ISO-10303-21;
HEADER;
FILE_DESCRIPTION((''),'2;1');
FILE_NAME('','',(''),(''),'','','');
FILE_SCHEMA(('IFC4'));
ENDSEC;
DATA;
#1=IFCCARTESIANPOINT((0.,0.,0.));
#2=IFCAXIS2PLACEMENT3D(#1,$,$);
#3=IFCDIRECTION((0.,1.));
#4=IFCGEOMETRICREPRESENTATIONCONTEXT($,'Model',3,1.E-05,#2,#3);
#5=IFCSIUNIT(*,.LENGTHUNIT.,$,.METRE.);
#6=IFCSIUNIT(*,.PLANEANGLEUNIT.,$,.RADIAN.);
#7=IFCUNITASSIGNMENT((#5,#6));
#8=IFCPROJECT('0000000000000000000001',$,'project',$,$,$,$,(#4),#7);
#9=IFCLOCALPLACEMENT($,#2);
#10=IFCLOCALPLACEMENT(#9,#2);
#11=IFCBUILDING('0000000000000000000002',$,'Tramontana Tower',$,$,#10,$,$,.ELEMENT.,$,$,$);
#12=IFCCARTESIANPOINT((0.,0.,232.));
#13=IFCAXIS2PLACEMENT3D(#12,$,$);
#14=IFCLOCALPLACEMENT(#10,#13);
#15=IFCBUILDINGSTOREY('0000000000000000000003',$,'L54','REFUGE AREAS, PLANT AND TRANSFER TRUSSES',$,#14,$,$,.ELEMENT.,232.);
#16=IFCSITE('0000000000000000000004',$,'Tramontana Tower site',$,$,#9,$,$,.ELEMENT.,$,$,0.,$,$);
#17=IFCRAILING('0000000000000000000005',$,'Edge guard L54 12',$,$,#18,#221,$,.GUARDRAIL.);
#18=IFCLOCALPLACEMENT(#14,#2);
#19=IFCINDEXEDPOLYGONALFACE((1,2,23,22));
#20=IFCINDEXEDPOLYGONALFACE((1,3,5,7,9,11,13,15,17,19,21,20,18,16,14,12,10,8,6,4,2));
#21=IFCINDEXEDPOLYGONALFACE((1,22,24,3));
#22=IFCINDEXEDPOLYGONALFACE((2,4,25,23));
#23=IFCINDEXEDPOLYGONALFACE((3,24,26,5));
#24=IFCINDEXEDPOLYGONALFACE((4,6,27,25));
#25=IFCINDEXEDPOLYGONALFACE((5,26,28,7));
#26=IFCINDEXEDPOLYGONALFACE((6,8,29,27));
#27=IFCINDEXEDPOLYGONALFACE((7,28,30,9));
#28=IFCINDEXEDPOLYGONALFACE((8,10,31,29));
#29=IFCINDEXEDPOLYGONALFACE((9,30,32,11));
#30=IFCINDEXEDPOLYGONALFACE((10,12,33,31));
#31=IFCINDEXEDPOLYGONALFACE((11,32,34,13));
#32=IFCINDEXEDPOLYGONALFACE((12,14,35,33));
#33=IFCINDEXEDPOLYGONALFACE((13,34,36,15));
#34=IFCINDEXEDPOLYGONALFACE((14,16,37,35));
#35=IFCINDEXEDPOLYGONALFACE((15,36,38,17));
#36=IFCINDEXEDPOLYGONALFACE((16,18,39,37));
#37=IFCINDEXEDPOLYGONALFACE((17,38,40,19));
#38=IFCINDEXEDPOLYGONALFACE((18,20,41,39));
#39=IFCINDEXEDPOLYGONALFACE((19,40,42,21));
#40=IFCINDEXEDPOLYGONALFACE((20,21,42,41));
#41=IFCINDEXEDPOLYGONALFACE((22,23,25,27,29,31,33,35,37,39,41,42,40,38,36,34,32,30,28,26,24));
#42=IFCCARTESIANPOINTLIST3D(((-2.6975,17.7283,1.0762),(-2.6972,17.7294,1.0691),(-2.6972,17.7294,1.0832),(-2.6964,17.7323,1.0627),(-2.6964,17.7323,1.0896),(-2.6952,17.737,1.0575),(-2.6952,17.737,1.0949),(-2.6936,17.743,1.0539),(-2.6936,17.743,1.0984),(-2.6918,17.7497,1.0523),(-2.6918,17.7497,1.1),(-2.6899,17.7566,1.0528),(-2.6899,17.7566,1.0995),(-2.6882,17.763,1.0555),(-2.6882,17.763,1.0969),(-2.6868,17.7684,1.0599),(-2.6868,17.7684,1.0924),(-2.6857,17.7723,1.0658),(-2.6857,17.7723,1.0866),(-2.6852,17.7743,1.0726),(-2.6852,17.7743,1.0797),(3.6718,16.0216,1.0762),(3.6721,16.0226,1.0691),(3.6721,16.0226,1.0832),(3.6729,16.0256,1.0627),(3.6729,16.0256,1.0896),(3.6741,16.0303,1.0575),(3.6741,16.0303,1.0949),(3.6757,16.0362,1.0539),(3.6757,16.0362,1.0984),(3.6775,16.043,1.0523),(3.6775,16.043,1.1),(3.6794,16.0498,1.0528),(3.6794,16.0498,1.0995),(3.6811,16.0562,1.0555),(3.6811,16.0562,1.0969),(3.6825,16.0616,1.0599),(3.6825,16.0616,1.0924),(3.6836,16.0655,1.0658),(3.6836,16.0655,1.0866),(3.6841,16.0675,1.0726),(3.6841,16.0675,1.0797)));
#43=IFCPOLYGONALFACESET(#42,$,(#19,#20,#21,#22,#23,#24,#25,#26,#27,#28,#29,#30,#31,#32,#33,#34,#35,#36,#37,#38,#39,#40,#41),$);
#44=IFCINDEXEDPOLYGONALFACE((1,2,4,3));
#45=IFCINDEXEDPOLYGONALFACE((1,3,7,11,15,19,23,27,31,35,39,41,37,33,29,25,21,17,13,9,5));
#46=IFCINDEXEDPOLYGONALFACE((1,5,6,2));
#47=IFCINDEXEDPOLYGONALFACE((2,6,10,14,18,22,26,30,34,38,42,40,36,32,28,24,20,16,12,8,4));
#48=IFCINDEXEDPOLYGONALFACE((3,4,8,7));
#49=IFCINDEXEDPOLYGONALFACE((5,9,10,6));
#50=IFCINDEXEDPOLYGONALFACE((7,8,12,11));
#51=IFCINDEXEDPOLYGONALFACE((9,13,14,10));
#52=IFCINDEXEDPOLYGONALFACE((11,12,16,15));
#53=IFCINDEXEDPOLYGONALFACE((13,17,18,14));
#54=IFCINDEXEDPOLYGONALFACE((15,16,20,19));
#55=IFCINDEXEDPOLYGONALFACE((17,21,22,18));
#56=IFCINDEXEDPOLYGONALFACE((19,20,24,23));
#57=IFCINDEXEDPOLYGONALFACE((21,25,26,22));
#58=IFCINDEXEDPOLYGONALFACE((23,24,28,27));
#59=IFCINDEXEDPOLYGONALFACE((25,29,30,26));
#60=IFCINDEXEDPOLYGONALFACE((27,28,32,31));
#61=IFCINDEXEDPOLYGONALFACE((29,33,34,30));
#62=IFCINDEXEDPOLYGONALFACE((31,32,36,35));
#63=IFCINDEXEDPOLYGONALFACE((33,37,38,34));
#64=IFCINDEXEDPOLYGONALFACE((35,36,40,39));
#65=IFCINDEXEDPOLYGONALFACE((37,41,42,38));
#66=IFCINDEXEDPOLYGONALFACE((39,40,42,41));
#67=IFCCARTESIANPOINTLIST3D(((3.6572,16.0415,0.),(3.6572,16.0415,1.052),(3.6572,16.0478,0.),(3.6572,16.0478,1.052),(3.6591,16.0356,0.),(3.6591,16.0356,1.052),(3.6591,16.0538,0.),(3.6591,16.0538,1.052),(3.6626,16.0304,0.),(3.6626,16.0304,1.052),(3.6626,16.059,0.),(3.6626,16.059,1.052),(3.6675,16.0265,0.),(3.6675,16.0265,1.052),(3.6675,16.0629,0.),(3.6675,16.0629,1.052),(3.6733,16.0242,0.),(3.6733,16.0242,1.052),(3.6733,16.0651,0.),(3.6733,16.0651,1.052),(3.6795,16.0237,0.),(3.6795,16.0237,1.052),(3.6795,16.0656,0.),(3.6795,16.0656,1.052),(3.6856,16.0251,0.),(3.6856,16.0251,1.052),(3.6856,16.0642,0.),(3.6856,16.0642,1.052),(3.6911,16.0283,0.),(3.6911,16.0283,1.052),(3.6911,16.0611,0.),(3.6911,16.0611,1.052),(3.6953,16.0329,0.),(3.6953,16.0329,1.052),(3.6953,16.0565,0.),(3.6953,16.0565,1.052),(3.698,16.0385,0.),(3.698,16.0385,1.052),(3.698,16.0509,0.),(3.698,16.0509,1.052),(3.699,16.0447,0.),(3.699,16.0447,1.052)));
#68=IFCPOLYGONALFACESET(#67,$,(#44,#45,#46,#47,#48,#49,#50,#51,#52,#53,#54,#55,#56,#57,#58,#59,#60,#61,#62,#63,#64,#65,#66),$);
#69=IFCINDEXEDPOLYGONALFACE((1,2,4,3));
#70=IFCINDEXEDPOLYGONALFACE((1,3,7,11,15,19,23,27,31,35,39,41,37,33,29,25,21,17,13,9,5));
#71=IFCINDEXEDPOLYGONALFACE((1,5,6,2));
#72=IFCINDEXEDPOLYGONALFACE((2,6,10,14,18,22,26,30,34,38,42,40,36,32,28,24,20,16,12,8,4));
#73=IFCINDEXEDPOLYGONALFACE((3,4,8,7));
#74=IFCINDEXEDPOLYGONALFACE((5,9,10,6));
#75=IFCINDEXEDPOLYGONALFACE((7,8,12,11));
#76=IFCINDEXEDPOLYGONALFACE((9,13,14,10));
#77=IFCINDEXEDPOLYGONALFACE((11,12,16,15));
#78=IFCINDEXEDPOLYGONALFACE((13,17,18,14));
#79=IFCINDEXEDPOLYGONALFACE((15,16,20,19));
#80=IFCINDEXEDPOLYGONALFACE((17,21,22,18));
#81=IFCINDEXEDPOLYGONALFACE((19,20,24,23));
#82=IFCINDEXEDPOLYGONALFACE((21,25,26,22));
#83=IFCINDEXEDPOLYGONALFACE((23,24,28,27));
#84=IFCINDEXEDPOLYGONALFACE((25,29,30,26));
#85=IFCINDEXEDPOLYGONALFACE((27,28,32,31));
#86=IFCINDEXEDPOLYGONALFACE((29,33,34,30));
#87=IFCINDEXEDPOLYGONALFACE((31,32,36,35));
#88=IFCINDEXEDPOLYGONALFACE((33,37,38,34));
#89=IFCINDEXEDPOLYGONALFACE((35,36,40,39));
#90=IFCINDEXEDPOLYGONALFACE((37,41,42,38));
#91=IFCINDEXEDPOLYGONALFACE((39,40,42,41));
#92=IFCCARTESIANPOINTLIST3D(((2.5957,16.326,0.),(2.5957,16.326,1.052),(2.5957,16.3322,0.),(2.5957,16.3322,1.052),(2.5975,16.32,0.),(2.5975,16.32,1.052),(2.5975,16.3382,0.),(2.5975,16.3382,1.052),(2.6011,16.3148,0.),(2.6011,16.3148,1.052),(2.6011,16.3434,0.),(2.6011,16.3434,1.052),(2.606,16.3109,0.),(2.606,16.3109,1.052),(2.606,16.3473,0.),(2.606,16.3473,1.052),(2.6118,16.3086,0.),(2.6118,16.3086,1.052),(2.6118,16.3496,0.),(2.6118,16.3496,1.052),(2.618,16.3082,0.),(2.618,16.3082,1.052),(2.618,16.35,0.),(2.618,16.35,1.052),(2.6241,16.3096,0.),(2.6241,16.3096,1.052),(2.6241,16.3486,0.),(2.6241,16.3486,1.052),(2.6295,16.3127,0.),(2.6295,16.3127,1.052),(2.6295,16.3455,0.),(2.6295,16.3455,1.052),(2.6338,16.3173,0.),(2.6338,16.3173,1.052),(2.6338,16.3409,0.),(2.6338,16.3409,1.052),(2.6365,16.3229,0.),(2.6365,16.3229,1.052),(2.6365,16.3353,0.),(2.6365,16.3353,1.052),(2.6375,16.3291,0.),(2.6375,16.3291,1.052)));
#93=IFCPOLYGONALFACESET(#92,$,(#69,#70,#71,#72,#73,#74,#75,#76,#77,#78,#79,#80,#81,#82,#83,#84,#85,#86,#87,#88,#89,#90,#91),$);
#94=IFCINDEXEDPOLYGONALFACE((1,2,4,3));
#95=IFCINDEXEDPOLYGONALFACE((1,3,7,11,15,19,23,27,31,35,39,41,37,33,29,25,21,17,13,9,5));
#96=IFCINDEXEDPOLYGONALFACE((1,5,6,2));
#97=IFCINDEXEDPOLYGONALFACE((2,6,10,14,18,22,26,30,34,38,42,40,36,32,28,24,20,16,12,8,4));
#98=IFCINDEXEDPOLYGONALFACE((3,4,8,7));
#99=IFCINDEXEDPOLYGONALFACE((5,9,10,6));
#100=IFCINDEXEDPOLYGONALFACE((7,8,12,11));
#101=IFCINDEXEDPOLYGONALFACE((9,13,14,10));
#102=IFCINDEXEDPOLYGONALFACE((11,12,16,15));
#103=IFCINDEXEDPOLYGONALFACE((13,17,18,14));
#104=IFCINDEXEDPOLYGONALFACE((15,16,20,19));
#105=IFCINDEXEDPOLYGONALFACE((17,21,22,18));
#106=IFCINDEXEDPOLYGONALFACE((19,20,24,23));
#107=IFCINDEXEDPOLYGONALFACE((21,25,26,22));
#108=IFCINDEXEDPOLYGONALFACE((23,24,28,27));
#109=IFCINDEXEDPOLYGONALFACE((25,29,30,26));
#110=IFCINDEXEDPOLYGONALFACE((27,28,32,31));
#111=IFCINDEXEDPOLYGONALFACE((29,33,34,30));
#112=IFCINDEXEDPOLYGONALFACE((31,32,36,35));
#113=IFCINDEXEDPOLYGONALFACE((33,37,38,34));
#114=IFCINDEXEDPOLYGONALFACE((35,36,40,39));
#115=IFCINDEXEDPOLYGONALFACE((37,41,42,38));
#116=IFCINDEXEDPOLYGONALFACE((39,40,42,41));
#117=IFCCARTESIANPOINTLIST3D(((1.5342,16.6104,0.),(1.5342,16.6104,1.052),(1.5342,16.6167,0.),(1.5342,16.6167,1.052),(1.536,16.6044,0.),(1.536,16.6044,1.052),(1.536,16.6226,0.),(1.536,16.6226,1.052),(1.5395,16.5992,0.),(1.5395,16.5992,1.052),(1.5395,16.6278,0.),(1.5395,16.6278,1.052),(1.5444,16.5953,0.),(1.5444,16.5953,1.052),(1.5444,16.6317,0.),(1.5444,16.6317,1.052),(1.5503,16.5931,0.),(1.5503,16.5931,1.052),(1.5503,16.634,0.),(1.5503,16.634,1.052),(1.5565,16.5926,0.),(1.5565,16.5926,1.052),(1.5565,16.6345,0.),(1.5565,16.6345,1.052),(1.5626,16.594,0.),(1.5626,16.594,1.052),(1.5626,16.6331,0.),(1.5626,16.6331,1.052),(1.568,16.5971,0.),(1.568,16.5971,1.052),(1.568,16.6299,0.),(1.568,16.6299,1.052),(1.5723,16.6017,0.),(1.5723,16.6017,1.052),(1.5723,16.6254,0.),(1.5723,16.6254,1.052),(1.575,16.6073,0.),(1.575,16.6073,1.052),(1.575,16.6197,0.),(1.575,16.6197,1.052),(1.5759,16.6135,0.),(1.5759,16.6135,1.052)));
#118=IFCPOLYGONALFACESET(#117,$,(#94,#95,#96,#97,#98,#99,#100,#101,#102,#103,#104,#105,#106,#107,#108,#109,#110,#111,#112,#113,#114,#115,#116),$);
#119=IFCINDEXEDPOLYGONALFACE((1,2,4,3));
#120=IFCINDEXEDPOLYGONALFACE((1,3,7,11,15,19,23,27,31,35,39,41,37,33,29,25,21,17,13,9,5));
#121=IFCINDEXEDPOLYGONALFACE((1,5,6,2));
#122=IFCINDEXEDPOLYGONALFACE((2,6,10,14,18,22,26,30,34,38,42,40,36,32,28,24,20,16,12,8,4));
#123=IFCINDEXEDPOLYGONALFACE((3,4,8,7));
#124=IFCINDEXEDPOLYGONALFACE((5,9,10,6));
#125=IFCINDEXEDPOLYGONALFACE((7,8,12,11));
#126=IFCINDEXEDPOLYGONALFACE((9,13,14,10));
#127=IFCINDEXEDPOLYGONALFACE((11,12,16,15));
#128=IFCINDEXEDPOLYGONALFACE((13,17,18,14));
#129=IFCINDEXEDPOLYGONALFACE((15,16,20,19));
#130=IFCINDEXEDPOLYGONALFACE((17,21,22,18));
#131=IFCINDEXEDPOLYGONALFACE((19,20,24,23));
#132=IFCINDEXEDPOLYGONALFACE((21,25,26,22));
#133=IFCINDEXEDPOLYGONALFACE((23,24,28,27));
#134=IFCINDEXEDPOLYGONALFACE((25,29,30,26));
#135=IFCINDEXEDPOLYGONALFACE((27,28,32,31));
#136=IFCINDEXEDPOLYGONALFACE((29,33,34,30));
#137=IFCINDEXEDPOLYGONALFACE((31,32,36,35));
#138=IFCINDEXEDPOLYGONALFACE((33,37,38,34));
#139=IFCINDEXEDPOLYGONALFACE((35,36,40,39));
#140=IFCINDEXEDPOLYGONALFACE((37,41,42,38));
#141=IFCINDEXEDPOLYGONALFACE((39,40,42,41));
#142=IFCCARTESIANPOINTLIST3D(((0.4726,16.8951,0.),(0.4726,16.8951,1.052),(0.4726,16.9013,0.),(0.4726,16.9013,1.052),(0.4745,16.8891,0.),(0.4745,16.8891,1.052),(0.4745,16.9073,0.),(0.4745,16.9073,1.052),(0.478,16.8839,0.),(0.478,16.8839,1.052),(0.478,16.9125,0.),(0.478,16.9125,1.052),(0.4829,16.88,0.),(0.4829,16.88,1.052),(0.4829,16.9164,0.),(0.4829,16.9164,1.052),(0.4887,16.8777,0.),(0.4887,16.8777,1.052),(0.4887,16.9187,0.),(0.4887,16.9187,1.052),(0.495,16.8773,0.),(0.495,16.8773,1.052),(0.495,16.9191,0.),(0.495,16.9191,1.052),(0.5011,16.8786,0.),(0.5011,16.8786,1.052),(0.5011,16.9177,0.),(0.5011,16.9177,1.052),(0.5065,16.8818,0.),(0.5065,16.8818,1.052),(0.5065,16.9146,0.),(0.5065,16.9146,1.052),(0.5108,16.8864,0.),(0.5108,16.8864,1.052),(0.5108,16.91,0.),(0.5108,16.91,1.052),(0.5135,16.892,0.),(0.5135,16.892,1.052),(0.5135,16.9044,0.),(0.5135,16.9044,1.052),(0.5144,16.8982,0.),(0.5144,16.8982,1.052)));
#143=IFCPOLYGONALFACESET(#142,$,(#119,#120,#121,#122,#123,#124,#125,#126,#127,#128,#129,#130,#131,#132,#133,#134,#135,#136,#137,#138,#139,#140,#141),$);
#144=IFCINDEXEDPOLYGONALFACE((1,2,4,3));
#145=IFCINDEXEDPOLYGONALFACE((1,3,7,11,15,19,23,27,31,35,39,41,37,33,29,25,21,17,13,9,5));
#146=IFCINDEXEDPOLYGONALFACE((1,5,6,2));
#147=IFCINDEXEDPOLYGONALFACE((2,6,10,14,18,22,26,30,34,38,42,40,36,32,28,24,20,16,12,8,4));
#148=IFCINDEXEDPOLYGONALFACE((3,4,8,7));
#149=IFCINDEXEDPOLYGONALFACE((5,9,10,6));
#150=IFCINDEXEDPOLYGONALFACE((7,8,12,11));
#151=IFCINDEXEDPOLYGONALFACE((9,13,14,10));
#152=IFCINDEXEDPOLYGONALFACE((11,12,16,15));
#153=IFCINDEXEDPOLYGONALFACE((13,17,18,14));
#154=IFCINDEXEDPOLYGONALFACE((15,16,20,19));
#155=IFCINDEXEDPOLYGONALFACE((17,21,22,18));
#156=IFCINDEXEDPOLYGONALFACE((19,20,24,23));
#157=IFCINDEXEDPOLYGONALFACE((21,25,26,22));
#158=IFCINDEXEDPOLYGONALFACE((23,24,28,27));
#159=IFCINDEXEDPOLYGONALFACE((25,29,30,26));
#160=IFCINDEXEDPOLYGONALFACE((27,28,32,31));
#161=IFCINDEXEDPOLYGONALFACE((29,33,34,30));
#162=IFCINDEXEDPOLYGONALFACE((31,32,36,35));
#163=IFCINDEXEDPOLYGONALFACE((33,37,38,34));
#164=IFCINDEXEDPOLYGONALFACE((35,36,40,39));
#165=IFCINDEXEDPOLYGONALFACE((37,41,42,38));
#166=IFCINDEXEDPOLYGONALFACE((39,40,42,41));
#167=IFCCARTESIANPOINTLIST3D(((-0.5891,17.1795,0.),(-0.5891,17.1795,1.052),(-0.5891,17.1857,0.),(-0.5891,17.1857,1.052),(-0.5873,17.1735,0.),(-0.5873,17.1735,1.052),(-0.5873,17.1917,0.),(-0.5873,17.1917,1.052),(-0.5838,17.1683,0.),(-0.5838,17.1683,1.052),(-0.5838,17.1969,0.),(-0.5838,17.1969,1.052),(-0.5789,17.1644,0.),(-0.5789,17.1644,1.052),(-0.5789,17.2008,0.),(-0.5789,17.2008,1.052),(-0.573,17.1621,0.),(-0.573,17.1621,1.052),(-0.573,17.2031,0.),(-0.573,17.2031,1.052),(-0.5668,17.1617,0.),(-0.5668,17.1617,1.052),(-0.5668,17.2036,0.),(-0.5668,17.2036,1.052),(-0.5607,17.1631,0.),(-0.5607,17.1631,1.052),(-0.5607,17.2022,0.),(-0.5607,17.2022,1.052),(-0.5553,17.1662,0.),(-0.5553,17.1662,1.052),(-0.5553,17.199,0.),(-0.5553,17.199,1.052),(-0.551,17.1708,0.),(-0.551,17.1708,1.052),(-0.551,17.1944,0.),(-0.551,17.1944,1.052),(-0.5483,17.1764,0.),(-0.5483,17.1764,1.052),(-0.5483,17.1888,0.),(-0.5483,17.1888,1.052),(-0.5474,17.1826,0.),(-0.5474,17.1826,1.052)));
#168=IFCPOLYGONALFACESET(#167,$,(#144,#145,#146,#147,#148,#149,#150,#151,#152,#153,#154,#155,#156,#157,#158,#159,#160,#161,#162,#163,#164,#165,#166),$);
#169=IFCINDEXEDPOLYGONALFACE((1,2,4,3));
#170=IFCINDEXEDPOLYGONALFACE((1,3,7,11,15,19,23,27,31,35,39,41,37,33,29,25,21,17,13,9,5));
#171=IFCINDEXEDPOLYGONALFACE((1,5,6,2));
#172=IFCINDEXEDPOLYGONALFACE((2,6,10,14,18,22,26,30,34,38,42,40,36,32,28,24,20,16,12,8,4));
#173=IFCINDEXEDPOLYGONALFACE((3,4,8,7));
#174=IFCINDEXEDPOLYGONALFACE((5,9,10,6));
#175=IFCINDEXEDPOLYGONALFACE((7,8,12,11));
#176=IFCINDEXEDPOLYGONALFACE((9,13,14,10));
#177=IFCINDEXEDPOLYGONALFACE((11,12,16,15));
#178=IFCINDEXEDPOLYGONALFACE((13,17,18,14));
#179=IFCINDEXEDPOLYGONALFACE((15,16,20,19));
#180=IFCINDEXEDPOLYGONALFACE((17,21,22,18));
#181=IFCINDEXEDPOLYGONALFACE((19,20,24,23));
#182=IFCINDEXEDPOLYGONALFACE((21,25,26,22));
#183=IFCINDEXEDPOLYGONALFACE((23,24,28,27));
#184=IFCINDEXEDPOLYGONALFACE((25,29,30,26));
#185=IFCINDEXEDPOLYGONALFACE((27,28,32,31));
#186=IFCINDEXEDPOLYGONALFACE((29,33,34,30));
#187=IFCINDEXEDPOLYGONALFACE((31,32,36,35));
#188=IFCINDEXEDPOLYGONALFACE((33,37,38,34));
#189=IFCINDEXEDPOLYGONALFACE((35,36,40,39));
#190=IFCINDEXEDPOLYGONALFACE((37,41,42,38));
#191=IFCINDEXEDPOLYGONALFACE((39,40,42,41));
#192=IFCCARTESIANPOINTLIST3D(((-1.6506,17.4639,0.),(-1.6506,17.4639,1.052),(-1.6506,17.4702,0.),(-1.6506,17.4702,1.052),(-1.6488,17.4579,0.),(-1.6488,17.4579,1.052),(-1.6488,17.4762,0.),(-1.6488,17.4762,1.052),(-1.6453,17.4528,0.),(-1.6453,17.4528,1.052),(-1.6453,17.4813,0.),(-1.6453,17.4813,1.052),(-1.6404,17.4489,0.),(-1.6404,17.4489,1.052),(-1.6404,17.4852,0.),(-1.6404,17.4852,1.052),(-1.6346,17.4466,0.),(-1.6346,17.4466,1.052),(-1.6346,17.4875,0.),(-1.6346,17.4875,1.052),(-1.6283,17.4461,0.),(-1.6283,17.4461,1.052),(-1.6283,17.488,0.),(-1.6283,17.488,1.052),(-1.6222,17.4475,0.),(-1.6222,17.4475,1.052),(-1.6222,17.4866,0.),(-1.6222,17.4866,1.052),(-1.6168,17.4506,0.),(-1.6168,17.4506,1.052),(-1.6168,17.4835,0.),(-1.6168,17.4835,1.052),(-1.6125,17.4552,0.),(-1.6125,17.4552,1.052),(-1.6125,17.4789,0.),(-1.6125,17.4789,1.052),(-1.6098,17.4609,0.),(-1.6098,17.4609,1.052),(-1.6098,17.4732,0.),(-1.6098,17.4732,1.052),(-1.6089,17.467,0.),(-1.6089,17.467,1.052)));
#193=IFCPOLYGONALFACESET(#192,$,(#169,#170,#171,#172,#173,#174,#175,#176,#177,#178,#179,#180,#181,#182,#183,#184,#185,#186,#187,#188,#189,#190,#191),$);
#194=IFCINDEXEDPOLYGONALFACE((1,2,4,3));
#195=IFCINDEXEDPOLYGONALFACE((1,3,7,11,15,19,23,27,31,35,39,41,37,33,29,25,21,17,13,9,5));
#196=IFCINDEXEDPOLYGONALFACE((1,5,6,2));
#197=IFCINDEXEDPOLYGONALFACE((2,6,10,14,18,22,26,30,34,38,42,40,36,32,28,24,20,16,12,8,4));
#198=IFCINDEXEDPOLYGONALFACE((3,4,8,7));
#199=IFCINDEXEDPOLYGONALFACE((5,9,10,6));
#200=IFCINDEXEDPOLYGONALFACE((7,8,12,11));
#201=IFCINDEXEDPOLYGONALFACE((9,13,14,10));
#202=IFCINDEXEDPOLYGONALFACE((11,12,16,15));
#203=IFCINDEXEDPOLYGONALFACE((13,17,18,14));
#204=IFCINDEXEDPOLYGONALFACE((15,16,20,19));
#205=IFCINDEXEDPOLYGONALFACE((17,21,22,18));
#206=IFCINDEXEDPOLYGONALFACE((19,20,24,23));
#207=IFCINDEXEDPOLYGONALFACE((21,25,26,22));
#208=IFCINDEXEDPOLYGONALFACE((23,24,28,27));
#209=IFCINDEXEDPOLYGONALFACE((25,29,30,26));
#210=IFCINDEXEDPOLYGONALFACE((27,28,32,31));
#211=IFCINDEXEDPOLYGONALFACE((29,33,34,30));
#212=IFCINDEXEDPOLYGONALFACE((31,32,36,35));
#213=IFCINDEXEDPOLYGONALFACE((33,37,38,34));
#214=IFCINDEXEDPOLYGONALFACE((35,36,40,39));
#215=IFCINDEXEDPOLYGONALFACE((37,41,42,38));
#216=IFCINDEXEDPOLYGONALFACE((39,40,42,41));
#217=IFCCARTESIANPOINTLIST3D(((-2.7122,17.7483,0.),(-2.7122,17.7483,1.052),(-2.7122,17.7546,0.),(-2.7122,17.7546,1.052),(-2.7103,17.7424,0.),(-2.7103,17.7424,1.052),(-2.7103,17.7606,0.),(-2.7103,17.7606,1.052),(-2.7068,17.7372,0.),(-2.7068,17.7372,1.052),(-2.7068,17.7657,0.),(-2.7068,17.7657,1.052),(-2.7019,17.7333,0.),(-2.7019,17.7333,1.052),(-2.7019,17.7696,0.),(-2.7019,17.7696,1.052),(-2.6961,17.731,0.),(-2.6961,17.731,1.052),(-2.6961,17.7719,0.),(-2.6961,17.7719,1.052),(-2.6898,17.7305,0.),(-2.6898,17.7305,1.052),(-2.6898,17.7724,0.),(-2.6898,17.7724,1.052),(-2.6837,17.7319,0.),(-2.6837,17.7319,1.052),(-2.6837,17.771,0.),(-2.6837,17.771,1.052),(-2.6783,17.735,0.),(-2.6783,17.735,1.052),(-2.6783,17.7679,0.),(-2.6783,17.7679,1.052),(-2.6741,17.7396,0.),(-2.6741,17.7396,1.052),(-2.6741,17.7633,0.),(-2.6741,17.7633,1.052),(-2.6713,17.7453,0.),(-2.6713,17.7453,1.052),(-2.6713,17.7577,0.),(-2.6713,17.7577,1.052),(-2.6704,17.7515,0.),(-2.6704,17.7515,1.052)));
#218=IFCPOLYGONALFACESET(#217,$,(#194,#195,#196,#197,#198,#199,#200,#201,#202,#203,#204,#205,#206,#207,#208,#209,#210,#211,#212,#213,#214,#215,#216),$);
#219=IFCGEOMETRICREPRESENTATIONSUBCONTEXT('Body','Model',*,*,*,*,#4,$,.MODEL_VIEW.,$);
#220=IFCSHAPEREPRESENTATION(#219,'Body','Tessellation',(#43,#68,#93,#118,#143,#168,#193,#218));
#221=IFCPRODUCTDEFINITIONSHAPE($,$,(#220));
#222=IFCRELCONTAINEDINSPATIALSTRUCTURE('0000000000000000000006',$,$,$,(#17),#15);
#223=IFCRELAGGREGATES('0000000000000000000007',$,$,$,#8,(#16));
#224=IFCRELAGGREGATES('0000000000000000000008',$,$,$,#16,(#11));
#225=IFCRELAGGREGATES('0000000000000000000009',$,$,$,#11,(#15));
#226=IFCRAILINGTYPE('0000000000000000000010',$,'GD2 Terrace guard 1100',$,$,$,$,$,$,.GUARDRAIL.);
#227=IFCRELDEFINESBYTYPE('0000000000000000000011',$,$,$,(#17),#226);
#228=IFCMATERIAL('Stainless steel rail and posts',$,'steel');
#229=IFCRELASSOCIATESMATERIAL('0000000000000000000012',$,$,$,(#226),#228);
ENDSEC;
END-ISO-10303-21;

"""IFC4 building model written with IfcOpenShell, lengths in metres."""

from ifc_helpers import new_model, si_unit, direction, frame, origin, origin_2d, place, context, subcontext, project, spatial, circle, extrude, material, type_object, element, save


model = new_model("IFC4")

# Units and contexts
model_context = context("Model", 3, precision=1e-05, world=origin(), true_north=direction((0.0, 1.0)))
body_context = subcontext(model_context, "Body", "Model", "MODEL_VIEW")
ifc_project = project(units=[si_unit("LENGTHUNIT", "METRE"), si_unit("PLANEANGLEUNIT", "RADIAN")], contexts=[model_context])

# Site, building, storey
site_placement = place(None, origin())
site = spatial("IfcSite", under=ifc_project, at=site_placement, Name="Tramontana Tower site", CompositionType="ELEMENT", RefElevation=0.0)
building_placement = place(site_placement, origin())
building = spatial("IfcBuilding", under=site, at=building_placement, Name="Tramontana Tower", CompositionType="ELEMENT")
storey_placement = place(building_placement, frame((0.0, 0.0, 232.0)))
storey = spatial("IfcBuildingStorey", under=building, at=storey_placement, Name="L54", Description="REFUGE AREAS, PLANT AND TRANSFER TRUSSES", CompositionType="ELEMENT", Elevation=232.0)

# Railing
ifc_material_1 = material(Name="Stainless steel rail and posts", Category="steel")
railing_type = type_object("IfcRailingType", Name="GD2 Terrace guard 1100", PredefinedType="GUARDRAIL", material=ifc_material_1)
railing_1_placement = place(storey_placement, frame((3.678, 16.0447, 0.0)))
element("IfcRailing", 1, at=railing_1_placement, inside=storey, type_object=railing_type, Name="Edge guard L54 12", PredefinedType="GUARDRAIL", context=body_context, shape_type="SweptSolid", body=[
    extrude(circle(Radius=0.0239, at=origin_2d()), frame((0.0, 0.0, 1.0762), z_axis=(-0.965921, 0.258835, 0.0), x_axis=(-0.258835, -0.965921, 0.0)), (0.0, 0.0, 1.0), 6.594),
    extrude(circle(Radius=0.021, at=origin_2d()), origin(), (0.0, 0.0, 1.0), 1.052),
    extrude(circle(Radius=0.021, at=origin_2d()), frame((-1.0615, 0.2844, 0.0)), (0.0, 0.0, 1.0), 1.052),
    extrude(circle(Radius=0.021, at=origin_2d()), frame((-2.123, 0.5688, 0.0)), (0.0, 0.0, 1.0), 1.052),
    extrude(circle(Radius=0.021, at=origin_2d()), frame((-3.1846, 0.8535, 0.0)), (0.0, 0.0, 1.0), 1.052),
    extrude(circle(Radius=0.021, at=origin_2d()), frame((-4.2463, 1.1379, 0.0)), (0.0, 0.0, 1.0), 1.052),
    extrude(circle(Radius=0.021, at=origin_2d()), frame((-5.3079, 1.4224, 0.0)), (0.0, 0.0, 1.0), 1.052),
    extrude(circle(Radius=0.021, at=origin_2d()), frame((-6.3694, 1.7068, 0.0)), (0.0, 0.0, 1.0), 1.052),
])

save(model, "model.ifc")
